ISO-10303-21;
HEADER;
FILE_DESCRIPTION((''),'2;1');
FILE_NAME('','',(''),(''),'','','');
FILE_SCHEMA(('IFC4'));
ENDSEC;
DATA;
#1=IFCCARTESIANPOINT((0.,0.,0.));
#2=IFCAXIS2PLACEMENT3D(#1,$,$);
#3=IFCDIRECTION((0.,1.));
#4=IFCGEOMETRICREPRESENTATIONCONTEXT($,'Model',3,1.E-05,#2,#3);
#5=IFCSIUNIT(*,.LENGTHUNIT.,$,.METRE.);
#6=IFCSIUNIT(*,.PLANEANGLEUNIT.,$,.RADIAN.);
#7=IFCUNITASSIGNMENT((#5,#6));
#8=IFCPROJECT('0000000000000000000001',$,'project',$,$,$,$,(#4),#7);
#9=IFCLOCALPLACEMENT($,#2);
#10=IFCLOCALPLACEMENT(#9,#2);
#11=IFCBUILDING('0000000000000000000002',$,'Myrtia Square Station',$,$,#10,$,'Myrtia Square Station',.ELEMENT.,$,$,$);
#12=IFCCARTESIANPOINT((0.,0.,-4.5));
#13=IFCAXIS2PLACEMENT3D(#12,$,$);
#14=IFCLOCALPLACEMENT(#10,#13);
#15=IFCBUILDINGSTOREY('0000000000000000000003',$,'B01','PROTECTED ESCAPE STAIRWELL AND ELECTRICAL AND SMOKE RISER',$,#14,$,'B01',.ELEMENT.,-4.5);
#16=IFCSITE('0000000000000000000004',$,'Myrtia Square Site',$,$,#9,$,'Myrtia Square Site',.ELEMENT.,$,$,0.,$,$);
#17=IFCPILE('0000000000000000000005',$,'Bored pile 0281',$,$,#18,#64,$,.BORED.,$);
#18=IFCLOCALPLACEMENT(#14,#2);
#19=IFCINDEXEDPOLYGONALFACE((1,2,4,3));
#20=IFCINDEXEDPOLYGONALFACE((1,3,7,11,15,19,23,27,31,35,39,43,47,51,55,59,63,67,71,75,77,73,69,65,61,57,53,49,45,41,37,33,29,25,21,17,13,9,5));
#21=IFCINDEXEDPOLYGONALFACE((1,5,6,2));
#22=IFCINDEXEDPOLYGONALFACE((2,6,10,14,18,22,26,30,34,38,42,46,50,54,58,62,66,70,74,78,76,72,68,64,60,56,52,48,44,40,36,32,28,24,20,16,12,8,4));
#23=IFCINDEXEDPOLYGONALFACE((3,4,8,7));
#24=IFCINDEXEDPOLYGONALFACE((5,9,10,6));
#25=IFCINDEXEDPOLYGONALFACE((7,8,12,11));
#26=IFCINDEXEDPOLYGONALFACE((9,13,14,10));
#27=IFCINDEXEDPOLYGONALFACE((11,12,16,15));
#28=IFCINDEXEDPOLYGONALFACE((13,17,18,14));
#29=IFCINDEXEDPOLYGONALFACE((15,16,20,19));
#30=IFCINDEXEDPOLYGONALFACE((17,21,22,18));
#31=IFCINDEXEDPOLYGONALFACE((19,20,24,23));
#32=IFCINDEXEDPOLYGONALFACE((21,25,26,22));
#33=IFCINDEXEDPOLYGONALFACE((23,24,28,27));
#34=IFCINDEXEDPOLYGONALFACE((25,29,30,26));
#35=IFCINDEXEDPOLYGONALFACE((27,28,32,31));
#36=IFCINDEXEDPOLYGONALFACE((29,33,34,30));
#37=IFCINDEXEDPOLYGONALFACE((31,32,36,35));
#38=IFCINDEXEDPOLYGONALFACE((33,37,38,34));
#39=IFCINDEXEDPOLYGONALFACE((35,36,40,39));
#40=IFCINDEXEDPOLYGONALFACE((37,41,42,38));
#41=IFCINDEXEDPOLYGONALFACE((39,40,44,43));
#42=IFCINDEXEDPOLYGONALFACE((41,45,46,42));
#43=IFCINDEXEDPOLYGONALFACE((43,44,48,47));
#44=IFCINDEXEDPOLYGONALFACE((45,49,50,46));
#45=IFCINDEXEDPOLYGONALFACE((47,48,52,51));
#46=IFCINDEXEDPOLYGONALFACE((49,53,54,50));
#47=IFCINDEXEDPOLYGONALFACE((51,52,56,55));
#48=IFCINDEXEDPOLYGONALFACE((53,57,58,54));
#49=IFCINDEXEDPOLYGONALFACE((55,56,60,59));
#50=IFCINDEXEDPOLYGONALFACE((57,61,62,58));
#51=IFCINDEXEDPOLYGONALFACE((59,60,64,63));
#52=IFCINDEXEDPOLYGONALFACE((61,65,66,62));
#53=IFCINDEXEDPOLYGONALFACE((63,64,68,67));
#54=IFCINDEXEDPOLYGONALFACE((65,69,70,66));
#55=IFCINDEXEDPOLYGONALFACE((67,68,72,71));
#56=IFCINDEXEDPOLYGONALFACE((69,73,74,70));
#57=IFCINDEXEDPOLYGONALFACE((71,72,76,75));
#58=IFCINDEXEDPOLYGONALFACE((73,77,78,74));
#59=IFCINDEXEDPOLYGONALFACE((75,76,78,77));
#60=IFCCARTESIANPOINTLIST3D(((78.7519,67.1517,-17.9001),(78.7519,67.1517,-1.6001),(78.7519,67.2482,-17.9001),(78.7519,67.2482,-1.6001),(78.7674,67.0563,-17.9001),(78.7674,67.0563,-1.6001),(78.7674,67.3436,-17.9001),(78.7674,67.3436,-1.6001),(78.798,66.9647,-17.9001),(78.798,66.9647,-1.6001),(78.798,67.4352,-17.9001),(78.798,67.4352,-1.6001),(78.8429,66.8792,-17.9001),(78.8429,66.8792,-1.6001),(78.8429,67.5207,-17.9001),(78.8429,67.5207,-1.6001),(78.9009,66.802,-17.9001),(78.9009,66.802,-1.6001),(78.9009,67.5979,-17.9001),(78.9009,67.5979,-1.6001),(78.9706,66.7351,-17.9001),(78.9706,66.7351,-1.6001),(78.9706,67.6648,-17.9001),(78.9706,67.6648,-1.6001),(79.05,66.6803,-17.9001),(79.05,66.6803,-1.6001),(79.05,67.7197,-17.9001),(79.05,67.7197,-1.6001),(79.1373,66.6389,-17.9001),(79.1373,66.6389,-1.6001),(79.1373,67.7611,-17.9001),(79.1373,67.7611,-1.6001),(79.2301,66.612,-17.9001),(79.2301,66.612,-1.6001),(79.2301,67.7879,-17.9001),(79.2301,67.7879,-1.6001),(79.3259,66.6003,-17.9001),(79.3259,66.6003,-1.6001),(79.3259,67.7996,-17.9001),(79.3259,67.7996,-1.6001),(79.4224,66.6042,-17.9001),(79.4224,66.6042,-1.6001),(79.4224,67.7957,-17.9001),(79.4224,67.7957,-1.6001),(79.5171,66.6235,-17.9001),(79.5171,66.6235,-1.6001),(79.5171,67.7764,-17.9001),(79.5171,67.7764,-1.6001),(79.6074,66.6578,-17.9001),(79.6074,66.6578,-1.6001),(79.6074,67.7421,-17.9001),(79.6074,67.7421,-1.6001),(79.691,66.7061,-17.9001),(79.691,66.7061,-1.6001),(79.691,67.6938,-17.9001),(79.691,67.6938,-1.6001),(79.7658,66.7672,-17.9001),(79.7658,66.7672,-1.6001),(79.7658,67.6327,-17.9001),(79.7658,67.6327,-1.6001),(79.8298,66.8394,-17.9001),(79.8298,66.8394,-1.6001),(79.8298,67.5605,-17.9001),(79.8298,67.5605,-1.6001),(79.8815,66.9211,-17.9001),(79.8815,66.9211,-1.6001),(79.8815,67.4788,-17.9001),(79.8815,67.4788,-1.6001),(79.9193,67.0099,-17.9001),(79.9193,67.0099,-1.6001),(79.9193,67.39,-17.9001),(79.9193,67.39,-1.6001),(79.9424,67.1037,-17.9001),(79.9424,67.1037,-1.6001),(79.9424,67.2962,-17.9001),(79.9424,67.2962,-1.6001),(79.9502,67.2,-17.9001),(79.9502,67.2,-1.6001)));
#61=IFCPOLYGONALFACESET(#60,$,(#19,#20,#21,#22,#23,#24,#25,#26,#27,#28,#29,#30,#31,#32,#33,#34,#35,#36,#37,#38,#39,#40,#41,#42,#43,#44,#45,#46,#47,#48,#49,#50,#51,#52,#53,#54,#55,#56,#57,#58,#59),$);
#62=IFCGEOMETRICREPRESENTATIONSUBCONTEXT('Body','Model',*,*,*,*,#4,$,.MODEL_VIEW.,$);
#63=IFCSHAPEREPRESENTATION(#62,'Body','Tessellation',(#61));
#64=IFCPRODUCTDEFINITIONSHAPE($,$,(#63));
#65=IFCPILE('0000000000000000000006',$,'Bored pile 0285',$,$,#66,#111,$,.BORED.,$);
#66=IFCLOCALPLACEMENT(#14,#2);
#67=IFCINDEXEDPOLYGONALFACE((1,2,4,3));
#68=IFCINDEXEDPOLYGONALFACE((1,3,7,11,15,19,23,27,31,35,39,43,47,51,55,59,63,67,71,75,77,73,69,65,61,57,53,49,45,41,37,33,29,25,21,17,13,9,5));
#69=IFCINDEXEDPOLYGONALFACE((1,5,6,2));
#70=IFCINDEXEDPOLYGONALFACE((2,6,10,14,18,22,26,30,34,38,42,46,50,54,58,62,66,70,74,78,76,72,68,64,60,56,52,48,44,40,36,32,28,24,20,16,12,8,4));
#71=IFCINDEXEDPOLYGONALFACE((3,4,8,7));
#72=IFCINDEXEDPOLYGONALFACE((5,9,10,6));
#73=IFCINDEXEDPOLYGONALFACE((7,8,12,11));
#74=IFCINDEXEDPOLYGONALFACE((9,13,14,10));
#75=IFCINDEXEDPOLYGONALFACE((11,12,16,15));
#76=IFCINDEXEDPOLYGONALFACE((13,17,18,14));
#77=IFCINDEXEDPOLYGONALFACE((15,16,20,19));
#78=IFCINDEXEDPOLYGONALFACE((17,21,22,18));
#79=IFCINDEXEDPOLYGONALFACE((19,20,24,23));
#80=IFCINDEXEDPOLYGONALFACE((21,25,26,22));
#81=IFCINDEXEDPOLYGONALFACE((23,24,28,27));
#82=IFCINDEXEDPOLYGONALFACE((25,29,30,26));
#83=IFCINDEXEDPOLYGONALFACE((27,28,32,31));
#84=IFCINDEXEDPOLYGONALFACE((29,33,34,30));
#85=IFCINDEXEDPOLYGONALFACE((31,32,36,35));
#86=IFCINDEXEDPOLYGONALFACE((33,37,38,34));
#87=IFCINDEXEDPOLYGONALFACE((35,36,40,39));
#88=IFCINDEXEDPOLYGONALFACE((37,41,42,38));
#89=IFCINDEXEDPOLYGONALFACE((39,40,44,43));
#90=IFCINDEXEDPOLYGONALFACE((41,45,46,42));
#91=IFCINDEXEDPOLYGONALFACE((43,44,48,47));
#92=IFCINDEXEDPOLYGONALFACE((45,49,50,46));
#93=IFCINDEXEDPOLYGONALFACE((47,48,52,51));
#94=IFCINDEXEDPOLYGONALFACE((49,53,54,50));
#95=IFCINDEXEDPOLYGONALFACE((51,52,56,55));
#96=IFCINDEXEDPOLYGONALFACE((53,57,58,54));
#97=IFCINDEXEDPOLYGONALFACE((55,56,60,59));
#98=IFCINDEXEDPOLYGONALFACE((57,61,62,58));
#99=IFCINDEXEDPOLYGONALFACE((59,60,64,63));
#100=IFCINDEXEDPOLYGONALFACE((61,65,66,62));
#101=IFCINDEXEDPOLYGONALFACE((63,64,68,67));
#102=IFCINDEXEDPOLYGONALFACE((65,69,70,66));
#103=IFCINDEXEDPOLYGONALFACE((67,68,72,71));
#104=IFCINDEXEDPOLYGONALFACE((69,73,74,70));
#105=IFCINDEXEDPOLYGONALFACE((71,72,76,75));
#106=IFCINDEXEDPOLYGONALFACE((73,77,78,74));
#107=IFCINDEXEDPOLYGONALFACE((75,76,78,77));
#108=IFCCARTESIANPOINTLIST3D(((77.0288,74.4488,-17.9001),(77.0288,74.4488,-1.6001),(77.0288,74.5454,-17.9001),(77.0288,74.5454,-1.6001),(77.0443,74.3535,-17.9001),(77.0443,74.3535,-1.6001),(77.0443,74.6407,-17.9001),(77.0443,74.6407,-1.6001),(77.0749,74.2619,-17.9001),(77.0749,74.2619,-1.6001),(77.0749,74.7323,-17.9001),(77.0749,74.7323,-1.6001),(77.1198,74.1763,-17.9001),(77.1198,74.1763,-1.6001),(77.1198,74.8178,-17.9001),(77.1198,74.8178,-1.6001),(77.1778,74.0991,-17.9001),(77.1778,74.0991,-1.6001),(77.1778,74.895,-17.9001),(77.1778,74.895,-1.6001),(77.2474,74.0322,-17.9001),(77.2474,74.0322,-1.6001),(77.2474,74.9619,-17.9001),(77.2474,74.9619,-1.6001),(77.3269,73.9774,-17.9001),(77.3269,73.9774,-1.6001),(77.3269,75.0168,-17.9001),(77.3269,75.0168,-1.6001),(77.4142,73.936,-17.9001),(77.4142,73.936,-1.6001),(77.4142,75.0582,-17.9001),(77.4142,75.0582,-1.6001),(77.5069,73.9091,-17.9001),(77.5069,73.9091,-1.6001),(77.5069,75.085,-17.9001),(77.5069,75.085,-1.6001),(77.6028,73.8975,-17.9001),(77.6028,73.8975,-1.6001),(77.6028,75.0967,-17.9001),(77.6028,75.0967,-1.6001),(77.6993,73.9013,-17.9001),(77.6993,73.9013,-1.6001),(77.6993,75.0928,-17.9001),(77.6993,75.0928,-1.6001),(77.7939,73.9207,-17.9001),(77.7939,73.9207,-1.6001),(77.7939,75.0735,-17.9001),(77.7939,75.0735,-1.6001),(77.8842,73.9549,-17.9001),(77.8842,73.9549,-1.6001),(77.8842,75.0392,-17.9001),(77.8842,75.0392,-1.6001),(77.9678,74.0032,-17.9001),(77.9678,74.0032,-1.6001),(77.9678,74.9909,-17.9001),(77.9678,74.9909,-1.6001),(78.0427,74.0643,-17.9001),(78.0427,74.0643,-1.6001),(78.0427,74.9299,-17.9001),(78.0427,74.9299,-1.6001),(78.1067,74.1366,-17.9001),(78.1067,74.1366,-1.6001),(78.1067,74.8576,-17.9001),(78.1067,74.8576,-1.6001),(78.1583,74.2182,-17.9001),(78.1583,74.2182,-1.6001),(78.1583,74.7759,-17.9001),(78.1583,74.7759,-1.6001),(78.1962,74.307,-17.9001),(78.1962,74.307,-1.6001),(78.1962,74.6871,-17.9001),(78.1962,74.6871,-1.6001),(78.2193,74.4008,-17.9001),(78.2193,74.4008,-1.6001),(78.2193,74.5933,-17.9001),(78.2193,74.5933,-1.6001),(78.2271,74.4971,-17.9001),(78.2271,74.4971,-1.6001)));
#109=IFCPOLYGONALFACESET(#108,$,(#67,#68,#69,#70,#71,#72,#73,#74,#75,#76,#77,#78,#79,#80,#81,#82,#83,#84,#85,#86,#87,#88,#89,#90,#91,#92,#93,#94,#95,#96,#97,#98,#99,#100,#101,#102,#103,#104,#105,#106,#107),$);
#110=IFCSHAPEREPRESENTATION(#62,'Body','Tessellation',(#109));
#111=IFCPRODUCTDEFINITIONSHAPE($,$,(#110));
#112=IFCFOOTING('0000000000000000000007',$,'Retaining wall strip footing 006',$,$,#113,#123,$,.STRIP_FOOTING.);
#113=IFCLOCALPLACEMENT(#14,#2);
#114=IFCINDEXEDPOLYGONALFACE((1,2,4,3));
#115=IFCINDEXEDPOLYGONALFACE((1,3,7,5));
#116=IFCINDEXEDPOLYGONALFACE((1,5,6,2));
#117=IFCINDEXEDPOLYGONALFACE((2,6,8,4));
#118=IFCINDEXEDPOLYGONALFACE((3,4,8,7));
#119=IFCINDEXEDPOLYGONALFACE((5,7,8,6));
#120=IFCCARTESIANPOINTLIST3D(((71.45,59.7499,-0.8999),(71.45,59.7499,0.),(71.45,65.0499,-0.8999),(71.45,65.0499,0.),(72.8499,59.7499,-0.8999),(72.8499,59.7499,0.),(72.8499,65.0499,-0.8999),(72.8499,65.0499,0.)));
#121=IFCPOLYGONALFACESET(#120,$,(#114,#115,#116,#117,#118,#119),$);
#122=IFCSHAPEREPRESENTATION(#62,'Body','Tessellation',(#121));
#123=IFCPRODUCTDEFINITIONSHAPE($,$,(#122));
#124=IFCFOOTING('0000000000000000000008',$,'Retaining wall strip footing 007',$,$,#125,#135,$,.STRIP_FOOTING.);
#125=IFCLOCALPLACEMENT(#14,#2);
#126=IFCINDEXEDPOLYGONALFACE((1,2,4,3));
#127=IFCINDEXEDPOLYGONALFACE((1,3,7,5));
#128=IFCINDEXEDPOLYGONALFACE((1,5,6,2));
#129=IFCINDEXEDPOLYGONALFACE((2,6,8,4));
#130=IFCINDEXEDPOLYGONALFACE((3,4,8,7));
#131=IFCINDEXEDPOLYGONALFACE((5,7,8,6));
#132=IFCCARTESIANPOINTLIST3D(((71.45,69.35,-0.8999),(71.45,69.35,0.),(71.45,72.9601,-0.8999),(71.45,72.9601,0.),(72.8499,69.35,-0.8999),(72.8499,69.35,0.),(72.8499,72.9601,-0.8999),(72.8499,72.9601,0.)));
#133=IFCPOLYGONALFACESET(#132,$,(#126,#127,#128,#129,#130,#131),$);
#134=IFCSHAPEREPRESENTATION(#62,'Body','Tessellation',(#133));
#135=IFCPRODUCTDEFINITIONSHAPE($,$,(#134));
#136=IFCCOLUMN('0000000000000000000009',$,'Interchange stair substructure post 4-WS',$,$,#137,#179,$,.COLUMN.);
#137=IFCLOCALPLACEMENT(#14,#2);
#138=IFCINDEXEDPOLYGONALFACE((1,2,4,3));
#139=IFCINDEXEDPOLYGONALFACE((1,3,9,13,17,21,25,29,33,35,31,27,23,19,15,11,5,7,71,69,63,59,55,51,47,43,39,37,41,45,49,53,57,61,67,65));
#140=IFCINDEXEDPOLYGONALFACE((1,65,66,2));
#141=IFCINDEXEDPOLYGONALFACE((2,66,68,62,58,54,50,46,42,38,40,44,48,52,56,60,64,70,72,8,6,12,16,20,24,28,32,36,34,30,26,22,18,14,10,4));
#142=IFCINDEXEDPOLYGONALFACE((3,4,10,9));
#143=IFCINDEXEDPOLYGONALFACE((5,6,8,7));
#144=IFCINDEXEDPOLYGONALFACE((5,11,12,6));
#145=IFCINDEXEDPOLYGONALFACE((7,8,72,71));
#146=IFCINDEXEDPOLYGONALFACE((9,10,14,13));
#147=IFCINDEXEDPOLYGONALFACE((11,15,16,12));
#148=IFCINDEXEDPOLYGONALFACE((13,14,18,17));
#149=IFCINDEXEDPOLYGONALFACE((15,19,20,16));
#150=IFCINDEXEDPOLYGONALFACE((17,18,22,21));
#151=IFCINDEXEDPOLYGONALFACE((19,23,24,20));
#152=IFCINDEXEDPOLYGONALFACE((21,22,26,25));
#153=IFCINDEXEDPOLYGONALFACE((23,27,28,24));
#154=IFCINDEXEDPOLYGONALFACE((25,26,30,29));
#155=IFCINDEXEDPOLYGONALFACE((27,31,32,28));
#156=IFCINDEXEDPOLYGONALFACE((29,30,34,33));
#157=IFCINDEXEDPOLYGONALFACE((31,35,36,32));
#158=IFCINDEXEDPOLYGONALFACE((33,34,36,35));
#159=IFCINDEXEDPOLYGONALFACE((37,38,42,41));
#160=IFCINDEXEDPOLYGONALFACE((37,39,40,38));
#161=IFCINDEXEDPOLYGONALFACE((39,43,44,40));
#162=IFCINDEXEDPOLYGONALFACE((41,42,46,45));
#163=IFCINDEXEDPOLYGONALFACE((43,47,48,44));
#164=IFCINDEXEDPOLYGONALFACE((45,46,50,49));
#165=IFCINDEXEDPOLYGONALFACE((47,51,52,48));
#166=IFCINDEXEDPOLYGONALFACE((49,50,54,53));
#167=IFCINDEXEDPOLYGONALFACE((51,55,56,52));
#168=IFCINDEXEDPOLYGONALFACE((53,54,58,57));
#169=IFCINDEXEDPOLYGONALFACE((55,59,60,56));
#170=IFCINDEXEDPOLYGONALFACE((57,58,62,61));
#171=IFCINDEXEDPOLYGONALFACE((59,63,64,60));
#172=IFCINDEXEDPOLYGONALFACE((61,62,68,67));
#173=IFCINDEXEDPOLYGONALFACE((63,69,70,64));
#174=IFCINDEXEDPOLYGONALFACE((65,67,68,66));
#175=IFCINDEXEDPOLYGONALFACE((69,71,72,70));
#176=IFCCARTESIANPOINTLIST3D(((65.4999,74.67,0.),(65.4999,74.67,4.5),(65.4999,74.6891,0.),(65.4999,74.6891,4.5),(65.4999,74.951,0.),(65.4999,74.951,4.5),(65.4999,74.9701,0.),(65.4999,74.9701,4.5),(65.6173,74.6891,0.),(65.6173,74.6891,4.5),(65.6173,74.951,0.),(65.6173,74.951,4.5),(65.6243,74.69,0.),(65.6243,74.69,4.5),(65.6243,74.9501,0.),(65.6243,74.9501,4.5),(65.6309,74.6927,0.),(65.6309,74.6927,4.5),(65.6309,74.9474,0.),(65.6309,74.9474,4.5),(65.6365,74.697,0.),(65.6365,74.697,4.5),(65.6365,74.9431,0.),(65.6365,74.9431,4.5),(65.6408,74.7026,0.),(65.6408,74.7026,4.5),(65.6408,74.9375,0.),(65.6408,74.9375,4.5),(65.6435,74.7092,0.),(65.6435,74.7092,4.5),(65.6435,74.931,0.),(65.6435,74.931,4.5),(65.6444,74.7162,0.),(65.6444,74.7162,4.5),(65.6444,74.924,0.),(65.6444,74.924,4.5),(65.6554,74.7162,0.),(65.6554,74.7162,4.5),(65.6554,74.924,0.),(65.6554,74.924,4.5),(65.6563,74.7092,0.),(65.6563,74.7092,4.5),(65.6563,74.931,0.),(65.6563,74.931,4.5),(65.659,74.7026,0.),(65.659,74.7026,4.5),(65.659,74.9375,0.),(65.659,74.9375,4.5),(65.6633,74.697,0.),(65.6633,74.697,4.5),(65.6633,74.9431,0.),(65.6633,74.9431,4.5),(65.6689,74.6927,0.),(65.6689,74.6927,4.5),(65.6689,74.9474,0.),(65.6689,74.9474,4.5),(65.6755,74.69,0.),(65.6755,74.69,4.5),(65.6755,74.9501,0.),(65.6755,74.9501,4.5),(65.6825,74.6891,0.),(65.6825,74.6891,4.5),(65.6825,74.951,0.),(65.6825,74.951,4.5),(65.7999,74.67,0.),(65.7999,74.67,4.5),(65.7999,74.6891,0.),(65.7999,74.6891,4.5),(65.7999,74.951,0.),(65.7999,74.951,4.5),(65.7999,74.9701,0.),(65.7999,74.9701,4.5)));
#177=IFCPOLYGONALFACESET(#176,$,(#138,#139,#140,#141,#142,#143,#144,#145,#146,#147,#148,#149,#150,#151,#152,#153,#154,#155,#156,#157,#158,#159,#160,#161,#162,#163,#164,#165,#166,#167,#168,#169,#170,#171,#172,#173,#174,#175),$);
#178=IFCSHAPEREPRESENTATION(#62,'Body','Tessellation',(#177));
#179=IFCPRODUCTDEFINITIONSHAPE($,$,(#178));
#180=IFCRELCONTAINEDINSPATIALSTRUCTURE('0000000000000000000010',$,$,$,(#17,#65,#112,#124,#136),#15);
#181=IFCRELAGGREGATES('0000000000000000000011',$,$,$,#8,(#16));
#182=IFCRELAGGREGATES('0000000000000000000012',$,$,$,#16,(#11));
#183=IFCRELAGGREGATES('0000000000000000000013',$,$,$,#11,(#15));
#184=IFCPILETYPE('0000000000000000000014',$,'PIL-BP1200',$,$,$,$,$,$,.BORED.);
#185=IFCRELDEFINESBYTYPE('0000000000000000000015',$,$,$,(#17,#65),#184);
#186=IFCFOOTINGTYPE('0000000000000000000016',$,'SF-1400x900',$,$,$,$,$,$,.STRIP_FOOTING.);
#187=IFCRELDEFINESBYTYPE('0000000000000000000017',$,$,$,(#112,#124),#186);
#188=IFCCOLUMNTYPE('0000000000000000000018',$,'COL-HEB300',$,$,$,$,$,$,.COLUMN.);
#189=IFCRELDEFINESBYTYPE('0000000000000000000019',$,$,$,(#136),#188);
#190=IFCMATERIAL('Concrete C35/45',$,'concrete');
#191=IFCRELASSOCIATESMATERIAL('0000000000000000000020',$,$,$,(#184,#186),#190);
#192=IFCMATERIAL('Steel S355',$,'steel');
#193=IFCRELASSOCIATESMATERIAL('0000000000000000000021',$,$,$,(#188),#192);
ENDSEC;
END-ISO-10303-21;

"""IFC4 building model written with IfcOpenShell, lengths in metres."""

from ifc_helpers import new_model, si_unit, direction, frame, origin, origin_2d, place, context, subcontext, project, spatial, rectangle, circle, i_section, extrude, material, material_profile, profile_set, type_object, element, save


model = new_model("IFC4")

# Units and contexts
model_context = context("Model", 3, precision=1e-05, world=origin(), true_north=direction((0.0, 1.0)))
body_context = subcontext(model_context, "Body", "Model", "MODEL_VIEW")
ifc_project = project(units=[si_unit("LENGTHUNIT", "METRE"), si_unit("PLANEANGLEUNIT", "RADIAN")], contexts=[model_context])

# Site, building, storey
site_placement = place(None, origin())
site = spatial("IfcSite", under=ifc_project, at=site_placement, Name="Myrtia Square Site", LongName="Myrtia Square Site", CompositionType="ELEMENT", RefElevation=0.0)
building_placement = place(site_placement, origin())
building = spatial("IfcBuilding", under=site, at=building_placement, Name="Myrtia Square Station", LongName="Myrtia Square Station", CompositionType="ELEMENT")
storey_placement = place(building_placement, frame((0.0, 0.0, -4.5)))
storey = spatial("IfcBuildingStorey", under=building, at=storey_placement, Name="B01", Description="PROTECTED ESCAPE STAIRWELL AND ELECTRICAL AND SMOKE RISER", LongName="B01", CompositionType="ELEMENT", Elevation=-4.5)

# Shared definitions
ifc_material_1 = material(Name="Concrete C35/45", Category="concrete")

# Piles
ifc_material_profile_1 = material_profile(ifc_material_1, circle(Radius=0.6001, at=origin_2d()), Name="BP D1200")
ifc_profile_set_1 = profile_set([ifc_material_profile_1], Name="Concrete C35/45")
pile_type_1 = type_object("IfcPileType", Name="PIL-BP1200", PredefinedType="BORED", material=ifc_profile_set_1)
for number, where, z_axis, x_axis, name in (
    (1, (79.3501, 67.2, -1.6001), (0.0, 0.0, -1.0), (1.0, 0.0, 0.0), "Bored pile 0281"),
    (2, (77.627, 74.4971, -1.6001), (0.0, 0.0, -1.0), (1.0, 0.0, 0.0), "Bored pile 0285"),
):
    element("IfcPile", number, at=place(storey_placement, frame(where, z_axis=z_axis, x_axis=x_axis)), inside=storey, type_object=pile_type_1, Name=name, PredefinedType="BORED", context=body_context, shape_type="SweptSolid", body=[
        extrude(circle(Radius=0.6001, at=origin_2d()), origin(), (0.0, 0.0, 1.0), 16.3),
    ])

# Footings
footing_type_1 = type_object("IfcFootingType", Name="SF-1400x900", PredefinedType="STRIP_FOOTING", material=ifc_material_1)
footing_1_placement = place(storey_placement, frame((72.1499, 62.3999, -0.8999), z_axis=(0.0, 0.0, 1.0), x_axis=(1.0, 0.0, 0.0)))
element("IfcFooting", 3, at=footing_1_placement, inside=storey, type_object=footing_type_1, Name="Retaining wall strip footing 006", PredefinedType="STRIP_FOOTING", context=body_context, shape_type="SweptSolid", body=[
    extrude(rectangle(XDim=1.3999, YDim=5.3, at=origin_2d()), origin(), (0.0, 0.0, 1.0), 0.8999),
])
footing_2_placement = place(storey_placement, frame((72.1499, 71.155, -0.8999), z_axis=(0.0, 0.0, 1.0), x_axis=(1.0, 0.0, 0.0)))
element("IfcFooting", 4, at=footing_2_placement, inside=storey, type_object=footing_type_1, Name="Retaining wall strip footing 007", PredefinedType="STRIP_FOOTING", context=body_context, shape_type="SweptSolid", body=[
    extrude(rectangle(XDim=1.3999, YDim=3.6101, at=origin_2d()), origin(), (0.0, 0.0, 1.0), 0.8999),
])

# Column
ifc_material_2 = material(Name="Steel S355", Category="steel")
ifc_material_profile_2 = material_profile(ifc_material_2, i_section(OverallWidth=0.3, OverallDepth=0.3, WebThickness=0.011, FlangeThickness=0.019, FilletRadius=0.0271, at=origin_2d()), Name="HEB 300")
ifc_profile_set_2 = profile_set([ifc_material_profile_2], Name="Steel S355")
column_type_1 = type_object("IfcColumnType", Name="COL-HEB300", PredefinedType="COLUMN", material=ifc_profile_set_2)
for number, where, z_axis, x_axis, name in (
    (5, (65.6499, 74.8201, 0.0), (0.0, 0.0, 1.0), (1.0, 0.0, 0.0), "Interchange stair substructure post 4-WS"),
):
    element("IfcColumn", number, at=place(storey_placement, frame(where, z_axis=z_axis, x_axis=x_axis)), inside=storey, type_object=column_type_1, Name=name, PredefinedType="COLUMN", context=body_context, shape_type="SweptSolid", body=[
        extrude(i_section(OverallWidth=0.3, OverallDepth=0.3, WebThickness=0.011, FlangeThickness=0.019, FilletRadius=0.0271, at=origin_2d()), origin(), (0.0, 0.0, 1.0), 4.5),
    ])

save(model, "model.ifc")
